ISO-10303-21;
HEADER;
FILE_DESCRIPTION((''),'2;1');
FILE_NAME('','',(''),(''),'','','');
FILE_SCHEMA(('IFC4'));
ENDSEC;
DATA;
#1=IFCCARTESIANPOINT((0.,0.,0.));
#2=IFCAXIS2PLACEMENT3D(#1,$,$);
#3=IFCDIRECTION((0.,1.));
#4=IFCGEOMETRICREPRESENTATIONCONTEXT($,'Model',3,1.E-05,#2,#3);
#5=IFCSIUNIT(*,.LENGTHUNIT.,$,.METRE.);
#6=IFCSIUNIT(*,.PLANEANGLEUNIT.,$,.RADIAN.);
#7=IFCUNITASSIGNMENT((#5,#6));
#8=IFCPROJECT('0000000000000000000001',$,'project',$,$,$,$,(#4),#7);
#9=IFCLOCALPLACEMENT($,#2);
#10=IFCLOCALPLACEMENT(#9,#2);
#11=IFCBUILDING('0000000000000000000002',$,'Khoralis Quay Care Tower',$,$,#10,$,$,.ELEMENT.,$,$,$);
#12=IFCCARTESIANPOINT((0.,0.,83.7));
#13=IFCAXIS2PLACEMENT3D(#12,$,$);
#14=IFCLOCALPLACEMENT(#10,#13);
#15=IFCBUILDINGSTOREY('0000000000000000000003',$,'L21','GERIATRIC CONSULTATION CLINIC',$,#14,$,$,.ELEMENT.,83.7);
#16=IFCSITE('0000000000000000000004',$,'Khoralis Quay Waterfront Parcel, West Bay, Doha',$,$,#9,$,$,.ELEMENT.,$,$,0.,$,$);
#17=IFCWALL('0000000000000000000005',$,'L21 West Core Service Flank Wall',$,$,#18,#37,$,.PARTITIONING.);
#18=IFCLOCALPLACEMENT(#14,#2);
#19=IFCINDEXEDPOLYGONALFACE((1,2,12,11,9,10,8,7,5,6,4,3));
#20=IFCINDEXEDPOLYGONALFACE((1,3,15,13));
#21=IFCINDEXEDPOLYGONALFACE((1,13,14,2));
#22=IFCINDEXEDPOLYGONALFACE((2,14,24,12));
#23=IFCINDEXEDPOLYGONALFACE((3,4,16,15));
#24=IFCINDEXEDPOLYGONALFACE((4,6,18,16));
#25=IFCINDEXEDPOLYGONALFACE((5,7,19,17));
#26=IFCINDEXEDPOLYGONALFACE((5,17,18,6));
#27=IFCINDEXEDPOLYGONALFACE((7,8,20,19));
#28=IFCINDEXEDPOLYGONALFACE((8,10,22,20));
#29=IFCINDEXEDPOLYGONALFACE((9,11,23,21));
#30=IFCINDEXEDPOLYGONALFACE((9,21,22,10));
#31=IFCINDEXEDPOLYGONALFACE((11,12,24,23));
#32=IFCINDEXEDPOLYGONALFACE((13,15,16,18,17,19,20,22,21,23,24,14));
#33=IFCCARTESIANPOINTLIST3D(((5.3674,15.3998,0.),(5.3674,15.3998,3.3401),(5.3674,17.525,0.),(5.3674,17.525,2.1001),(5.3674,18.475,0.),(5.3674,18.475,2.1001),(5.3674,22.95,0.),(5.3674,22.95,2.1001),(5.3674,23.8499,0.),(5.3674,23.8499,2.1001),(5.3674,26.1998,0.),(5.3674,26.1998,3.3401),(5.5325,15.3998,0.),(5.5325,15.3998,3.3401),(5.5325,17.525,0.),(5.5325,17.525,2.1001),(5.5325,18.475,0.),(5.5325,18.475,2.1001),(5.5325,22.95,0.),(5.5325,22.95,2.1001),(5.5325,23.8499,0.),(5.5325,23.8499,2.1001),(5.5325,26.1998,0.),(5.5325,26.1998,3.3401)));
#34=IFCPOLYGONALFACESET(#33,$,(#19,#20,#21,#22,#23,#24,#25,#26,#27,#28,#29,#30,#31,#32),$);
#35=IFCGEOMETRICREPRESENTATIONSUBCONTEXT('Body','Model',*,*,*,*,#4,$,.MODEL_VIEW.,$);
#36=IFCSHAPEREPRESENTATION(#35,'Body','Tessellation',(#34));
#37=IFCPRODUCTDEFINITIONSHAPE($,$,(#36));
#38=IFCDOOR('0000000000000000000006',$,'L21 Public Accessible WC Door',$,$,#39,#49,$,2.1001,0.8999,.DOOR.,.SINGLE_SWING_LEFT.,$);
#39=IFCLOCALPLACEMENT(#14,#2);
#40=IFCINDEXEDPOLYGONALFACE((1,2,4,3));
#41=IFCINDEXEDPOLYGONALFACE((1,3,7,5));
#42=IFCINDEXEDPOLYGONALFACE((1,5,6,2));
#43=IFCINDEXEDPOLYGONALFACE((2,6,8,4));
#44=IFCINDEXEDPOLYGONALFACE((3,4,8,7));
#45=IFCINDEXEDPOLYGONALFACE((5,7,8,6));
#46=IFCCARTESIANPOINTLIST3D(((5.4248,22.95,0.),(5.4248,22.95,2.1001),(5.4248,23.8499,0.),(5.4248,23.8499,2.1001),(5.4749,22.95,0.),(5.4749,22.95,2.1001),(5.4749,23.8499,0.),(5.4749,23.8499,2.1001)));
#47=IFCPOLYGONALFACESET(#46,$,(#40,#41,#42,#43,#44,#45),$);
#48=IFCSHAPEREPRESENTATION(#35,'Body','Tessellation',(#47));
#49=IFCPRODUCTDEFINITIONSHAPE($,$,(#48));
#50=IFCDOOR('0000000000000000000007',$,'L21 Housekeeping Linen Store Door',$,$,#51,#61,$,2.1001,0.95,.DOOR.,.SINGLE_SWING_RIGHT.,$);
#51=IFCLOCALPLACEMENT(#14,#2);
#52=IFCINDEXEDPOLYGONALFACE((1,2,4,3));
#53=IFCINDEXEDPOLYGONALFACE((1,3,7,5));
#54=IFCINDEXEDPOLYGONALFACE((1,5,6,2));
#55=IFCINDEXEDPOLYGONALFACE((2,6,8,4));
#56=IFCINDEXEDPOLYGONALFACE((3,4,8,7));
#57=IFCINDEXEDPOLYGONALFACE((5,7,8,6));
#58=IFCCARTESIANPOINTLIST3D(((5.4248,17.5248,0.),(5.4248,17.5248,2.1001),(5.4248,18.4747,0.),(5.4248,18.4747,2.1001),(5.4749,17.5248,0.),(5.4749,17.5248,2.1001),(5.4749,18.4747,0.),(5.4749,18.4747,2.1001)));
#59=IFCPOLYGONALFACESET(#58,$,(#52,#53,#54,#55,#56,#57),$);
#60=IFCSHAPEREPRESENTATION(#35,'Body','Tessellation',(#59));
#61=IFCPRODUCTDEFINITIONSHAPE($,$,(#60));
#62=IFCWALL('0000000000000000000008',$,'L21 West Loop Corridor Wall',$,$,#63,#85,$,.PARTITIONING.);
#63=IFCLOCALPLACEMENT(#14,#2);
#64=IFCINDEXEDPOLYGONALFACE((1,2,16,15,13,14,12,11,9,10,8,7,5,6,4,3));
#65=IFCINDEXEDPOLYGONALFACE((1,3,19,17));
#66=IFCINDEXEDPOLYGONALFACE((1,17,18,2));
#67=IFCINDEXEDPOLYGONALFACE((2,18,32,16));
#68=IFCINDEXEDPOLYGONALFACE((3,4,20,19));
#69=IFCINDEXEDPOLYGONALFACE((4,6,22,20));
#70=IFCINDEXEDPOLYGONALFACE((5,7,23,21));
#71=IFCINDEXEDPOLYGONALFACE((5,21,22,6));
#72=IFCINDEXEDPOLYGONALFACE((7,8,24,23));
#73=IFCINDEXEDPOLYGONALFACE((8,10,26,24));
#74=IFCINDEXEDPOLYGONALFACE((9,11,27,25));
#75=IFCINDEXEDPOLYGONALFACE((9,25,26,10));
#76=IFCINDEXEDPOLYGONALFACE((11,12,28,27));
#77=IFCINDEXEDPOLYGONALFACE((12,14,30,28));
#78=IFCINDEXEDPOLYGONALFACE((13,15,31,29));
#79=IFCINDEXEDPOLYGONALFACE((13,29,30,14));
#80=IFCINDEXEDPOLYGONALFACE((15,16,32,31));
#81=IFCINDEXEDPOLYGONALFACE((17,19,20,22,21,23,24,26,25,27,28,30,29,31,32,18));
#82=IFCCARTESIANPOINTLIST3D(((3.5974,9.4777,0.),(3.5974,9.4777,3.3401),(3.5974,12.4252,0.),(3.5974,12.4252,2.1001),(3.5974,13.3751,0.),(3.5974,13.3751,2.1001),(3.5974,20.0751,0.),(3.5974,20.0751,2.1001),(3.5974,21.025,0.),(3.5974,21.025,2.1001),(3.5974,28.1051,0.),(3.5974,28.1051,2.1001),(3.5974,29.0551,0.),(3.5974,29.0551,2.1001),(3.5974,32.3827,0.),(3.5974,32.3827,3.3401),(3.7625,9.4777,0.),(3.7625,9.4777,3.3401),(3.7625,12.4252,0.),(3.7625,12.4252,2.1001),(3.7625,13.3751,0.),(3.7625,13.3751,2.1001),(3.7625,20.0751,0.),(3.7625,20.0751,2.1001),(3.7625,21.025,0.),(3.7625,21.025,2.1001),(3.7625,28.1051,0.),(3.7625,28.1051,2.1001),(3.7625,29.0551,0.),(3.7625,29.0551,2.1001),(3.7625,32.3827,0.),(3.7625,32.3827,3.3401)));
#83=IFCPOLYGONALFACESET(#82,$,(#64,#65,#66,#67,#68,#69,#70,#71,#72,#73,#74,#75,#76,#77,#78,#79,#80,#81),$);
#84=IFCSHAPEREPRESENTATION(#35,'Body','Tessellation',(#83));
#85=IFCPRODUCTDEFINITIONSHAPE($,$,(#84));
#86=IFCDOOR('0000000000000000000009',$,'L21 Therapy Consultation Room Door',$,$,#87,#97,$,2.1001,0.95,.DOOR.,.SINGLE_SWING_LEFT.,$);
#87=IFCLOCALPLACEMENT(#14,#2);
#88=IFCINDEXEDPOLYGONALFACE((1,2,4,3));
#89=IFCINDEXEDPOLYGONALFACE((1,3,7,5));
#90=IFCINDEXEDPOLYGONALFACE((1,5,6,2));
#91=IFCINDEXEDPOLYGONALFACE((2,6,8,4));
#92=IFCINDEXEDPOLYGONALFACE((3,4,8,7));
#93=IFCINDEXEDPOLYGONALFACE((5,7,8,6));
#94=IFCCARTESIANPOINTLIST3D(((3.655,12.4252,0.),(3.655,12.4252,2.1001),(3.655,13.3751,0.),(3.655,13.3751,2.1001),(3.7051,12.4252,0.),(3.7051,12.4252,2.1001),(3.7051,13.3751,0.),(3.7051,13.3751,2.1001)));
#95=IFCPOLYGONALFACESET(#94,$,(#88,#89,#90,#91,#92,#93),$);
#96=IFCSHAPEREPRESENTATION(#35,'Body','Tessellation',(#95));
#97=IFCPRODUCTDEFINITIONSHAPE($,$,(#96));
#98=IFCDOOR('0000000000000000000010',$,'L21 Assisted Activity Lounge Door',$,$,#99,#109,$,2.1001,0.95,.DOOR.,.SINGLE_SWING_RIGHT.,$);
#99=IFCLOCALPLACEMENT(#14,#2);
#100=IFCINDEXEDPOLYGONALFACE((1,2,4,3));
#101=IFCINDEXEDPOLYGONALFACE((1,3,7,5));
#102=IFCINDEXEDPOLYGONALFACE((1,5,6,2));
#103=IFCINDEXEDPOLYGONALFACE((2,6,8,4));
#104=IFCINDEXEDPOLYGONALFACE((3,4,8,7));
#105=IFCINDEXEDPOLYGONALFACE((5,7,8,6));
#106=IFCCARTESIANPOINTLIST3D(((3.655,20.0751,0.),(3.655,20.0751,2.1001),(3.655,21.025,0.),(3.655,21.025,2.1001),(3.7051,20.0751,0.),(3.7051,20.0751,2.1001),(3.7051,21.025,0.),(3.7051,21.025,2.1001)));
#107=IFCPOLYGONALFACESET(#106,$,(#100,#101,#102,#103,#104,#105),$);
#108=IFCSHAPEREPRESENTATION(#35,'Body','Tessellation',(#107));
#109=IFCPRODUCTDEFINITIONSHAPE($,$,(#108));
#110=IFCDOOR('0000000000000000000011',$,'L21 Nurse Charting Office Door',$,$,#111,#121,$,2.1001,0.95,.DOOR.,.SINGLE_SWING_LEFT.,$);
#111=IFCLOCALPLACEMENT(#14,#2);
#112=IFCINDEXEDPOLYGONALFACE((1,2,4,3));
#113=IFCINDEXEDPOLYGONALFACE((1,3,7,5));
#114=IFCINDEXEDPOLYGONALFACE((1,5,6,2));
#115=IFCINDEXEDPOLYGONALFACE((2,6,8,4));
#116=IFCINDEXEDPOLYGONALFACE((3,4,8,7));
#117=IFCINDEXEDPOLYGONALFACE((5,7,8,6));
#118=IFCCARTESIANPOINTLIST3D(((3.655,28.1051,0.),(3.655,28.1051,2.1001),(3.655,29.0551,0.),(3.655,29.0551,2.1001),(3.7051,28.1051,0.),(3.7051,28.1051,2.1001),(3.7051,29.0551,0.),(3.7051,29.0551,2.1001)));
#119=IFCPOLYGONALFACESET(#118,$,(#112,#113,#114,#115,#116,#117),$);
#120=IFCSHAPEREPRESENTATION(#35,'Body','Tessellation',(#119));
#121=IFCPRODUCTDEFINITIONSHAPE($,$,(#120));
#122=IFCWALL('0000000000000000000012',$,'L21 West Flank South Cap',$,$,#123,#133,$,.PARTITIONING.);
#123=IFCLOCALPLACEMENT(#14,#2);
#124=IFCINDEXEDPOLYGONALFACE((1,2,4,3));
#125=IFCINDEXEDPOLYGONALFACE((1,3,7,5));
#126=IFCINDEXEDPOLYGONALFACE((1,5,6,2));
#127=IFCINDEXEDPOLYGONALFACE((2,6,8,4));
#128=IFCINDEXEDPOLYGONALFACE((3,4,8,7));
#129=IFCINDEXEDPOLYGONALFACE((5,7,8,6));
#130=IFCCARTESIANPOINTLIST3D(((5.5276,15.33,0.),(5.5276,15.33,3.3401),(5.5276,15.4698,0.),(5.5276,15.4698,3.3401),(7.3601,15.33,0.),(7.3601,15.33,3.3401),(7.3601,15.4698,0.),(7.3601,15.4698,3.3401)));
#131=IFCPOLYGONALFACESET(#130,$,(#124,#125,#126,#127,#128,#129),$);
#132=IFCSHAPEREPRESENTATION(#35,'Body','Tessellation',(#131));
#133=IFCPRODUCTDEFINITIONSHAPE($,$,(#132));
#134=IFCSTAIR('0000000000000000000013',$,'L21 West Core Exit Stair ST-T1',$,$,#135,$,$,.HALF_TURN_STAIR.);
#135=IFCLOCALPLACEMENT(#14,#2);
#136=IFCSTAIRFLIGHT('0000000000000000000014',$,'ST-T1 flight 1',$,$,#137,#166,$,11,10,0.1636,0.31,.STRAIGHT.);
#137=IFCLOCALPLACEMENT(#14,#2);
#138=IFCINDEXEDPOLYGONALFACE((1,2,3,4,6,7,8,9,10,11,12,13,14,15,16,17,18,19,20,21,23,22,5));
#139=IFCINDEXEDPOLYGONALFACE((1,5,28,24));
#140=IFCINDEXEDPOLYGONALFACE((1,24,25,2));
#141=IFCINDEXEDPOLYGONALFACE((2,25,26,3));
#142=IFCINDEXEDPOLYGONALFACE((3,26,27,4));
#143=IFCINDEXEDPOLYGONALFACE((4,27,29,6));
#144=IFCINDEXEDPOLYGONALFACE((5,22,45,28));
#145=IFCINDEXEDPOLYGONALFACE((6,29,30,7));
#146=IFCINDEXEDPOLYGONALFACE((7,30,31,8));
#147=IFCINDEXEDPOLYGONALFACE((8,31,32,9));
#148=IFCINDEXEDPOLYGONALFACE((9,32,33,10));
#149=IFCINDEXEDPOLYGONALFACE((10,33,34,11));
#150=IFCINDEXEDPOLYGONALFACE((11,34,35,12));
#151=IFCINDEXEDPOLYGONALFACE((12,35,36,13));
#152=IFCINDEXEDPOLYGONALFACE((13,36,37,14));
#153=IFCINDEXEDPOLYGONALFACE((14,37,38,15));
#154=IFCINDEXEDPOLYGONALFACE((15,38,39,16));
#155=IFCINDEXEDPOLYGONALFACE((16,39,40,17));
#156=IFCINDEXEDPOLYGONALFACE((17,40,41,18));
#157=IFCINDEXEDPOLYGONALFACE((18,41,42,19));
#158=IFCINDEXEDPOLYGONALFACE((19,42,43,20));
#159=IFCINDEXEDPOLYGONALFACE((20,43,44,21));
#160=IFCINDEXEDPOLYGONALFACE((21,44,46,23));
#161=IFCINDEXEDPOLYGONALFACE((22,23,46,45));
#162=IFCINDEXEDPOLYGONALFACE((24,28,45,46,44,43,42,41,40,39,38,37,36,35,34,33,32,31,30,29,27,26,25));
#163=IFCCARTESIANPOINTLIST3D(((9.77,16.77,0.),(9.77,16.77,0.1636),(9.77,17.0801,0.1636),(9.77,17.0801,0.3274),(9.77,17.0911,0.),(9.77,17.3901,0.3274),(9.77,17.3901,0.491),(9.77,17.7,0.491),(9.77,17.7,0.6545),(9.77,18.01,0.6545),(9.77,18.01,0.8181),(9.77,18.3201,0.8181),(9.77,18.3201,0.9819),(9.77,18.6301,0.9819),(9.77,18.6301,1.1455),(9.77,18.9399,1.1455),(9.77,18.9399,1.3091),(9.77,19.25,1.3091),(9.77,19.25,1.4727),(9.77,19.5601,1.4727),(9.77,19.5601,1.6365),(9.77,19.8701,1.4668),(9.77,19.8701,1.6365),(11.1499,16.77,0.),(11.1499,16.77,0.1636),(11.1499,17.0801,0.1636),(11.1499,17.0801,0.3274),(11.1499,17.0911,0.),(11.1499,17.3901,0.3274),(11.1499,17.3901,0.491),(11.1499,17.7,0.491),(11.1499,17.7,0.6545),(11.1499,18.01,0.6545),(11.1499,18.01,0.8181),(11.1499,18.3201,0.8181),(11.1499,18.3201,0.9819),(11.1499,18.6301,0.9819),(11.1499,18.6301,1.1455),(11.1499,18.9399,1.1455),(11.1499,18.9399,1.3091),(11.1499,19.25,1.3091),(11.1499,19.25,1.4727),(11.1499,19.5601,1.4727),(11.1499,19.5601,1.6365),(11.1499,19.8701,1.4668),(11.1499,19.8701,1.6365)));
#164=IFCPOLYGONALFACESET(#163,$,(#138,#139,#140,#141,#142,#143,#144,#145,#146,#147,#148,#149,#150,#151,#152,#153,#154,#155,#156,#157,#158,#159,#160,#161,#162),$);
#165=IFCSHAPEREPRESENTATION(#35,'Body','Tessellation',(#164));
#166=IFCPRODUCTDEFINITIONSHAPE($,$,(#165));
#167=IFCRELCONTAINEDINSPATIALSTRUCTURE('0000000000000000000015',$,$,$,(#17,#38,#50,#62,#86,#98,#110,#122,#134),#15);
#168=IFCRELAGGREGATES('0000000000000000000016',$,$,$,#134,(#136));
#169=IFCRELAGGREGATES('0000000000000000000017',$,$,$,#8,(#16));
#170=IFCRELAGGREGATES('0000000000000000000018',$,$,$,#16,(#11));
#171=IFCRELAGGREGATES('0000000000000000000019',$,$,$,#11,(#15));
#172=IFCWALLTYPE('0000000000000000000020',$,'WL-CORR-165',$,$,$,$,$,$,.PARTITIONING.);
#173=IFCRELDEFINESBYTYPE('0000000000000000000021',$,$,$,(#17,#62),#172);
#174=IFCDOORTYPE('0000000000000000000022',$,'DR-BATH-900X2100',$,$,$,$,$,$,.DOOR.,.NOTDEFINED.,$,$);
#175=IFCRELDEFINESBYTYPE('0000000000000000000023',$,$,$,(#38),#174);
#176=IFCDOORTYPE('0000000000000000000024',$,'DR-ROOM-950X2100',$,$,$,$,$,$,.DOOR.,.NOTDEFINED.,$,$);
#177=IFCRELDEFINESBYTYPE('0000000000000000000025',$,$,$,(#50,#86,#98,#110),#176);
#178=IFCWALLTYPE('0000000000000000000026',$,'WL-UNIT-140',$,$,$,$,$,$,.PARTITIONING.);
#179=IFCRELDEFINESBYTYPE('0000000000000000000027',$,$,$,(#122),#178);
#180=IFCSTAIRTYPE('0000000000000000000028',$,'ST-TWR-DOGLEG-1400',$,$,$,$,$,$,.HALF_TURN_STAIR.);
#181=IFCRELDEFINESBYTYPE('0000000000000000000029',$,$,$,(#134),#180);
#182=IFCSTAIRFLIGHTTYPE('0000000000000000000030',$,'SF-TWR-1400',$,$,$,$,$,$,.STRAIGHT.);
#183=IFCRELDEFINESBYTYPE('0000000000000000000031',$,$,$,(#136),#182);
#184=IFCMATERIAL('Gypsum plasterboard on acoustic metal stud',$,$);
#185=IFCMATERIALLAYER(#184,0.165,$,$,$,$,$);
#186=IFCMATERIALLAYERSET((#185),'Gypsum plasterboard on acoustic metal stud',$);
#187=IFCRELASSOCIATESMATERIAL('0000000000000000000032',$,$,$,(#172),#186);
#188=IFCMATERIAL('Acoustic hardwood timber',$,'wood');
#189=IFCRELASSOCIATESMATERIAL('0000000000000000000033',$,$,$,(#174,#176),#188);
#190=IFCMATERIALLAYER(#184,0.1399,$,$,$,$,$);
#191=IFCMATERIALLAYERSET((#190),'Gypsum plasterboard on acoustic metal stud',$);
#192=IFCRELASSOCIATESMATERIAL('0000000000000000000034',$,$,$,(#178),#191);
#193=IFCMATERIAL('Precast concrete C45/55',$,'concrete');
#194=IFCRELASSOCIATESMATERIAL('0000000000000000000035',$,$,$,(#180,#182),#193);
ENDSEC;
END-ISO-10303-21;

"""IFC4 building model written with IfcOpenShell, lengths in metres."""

from ifc_helpers import new_model, si_unit, direction, frame, frame_2d, origin, place, context, subcontext, project, spatial, polyline, rectangle, outline, extrude, source, transform, mapped, material, layer, layer_set, type_object, element, fill, aggregate, save


model = new_model("IFC4")

# Units and contexts
model_context = context("Model", 3, precision=1e-05, world=origin(), true_north=direction((0.0, 1.0)))
body_context = subcontext(model_context, "Body", "Model", "MODEL_VIEW")
ifc_project = project(units=[si_unit("LENGTHUNIT", "METRE"), si_unit("PLANEANGLEUNIT", "RADIAN")], contexts=[model_context])

# Site, building, storey
site_placement = place(None, origin())
site = spatial("IfcSite", under=ifc_project, at=site_placement, Name="Khoralis Quay Waterfront Parcel, West Bay, Doha", CompositionType="ELEMENT", RefElevation=0.0)
building_placement = place(site_placement, origin())
building = spatial("IfcBuilding", under=site, at=building_placement, Name="Khoralis Quay Care Tower", CompositionType="ELEMENT")
storey_placement = place(building_placement, frame((0.0, 0.0, 83.7)))
storey = spatial("IfcBuildingStorey", under=building, at=storey_placement, Name="L21", Description="GERIATRIC CONSULTATION CLINIC", CompositionType="ELEMENT", Elevation=83.7)

# Shared definitions
ifc_material_1 = material(Name="Gypsum plasterboard on acoustic metal stud")

# Walls, openings, doors
ifc_layer_1 = layer(ifc_material_1, 0.165)
ifc_layer_set_1 = layer_set([ifc_layer_1], Name="Gypsum plasterboard on acoustic metal stud")
wall_type_1 = type_object("IfcWallType", Name="WL-CORR-165", PredefinedType="PARTITIONING", material=ifc_layer_set_1)
wall_1_placement = place(storey_placement, frame((5.45, 15.3999, 0.0), z_axis=(0.0, 0.0, 1.0), x_axis=(0.0, 1.0, 0.0)))
wall_1 = element("IfcWall", 1, at=wall_1_placement, inside=storey, type_object=wall_type_1, Name="L21 West Core Service Flank Wall", PredefinedType="PARTITIONING", context=body_context, shape_type="SweptSolid", body=[
    extrude(rectangle(XDim=10.8, YDim=0.165, at=frame_2d((5.3999, 0.0))), origin(), (0.0, 0.0, 1.0), 3.3401),
])
opening_1_placement = place(wall_1_placement, frame((2.125, 0.0, 0.0)))
opening_1 = element("IfcOpeningElement", 2, at=opening_1_placement, cuts=wall_1, PredefinedType="OPENING", context=body_context, shape_type="SweptSolid", body=[
    extrude(rectangle(XDim=0.95, YDim=2.1001, at=frame_2d((0.4751, 1.05))), frame((0.0, 0.0925, 0.0), z_axis=(0.0, -1.0, 0.0), x_axis=(1.0, 0.0, 0.0)), (0.0, 0.0, 1.0), 0.1851),
])
opening_2_placement = place(wall_1_placement, frame((7.55, 0.0, 0.0)))
opening_2 = element("IfcOpeningElement", 3, at=opening_2_placement, cuts=wall_1, PredefinedType="OPENING", context=body_context, shape_type="SweptSolid", body=[
    extrude(rectangle(XDim=0.8999, YDim=2.1001, at=frame_2d((0.45, 1.05))), frame((0.0, 0.0925, 0.0), z_axis=(0.0, -1.0, 0.0), x_axis=(1.0, 0.0, 0.0)), (0.0, 0.0, 1.0), 0.1851),
])
ifc_material_2 = material(Name="Acoustic hardwood timber", Category="wood")
door_type_1 = type_object("IfcDoorType", Name="DR-BATH-900X2100", OperationType="NOTDEFINED", PredefinedType="DOOR", material=ifc_material_2)
shared_shape_1 = source(origin(), body_context, "Body", "SweptSolid", [
    extrude(rectangle(XDim=0.8999, YDim=2.1001, at=frame_2d((0.45, 1.05))), frame((0.0, 0.0249, 0.0), z_axis=(0.0, -1.0, 0.0), x_axis=(1.0, 0.0, 0.0)), (0.0, 0.0, 1.0), 0.05),
])
door_1_placement = place(opening_2_placement, frame((0.8999, 0.0, 0.0), z_axis=(0.0, 0.0, 1.0), x_axis=(-1.0, 0.0, 0.0)))
door_1 = element("IfcDoor", 4, at=door_1_placement, inside=storey, type_object=door_type_1, Name="L21 Public Accessible WC Door", OperationType="SINGLE_SWING_LEFT", OverallHeight=2.1001, OverallWidth=0.8999, PredefinedType="DOOR", context=body_context, shape_type="MappedRepresentation", body=[
    mapped(shared_shape_1, transform((0.0, 0.0, 0.0), scale=1.0)),
])
fill(opening_2, door_1)
door_type_2 = type_object("IfcDoorType", Name="DR-ROOM-950X2100", OperationType="NOTDEFINED", PredefinedType="DOOR", material=ifc_material_2)
shared_shape_2 = source(origin(), body_context, "Body", "SweptSolid", [
    extrude(rectangle(XDim=0.95, YDim=2.1001, at=frame_2d((0.4751, 1.05))), frame((0.0, 0.0249, 0.0), z_axis=(0.0, -1.0, 0.0), x_axis=(1.0, 0.0, 0.0)), (0.0, 0.0, 1.0), 0.05),
])
door_2_placement = place(opening_1_placement, frame((0.95, 0.0, 0.0), z_axis=(0.0, 0.0, 1.0), x_axis=(-1.0, 0.0, 0.0)))
door_2 = element("IfcDoor", 5, at=door_2_placement, inside=storey, type_object=door_type_2, Name="L21 Housekeeping Linen Store Door", OperationType="SINGLE_SWING_RIGHT", OverallHeight=2.1001, OverallWidth=0.95, PredefinedType="DOOR", context=body_context, shape_type="MappedRepresentation", body=[
    mapped(shared_shape_2, transform((0.0, 0.0, 0.0), scale=1.0)),
])
fill(opening_1, door_2)
wall_2_placement = place(storey_placement, frame((3.6799, 9.4775, 0.0), z_axis=(0.0, 0.0, 1.0), x_axis=(0.0, 1.0, 0.0)))
wall_2 = element("IfcWall", 6, at=wall_2_placement, inside=storey, type_object=wall_type_1, Name="L21 West Loop Corridor Wall", PredefinedType="PARTITIONING", context=body_context, shape_type="SweptSolid", body=[
    extrude(rectangle(XDim=22.905, YDim=0.165, at=frame_2d((11.4526, 0.0))), origin(), (0.0, 0.0, 1.0), 3.3401),
])
opening_3_placement = place(wall_2_placement, frame((2.9475, 0.0, 0.0)))
opening_3 = element("IfcOpeningElement", 7, at=opening_3_placement, cuts=wall_2, PredefinedType="OPENING", context=body_context, shape_type="SweptSolid", body=[
    extrude(rectangle(XDim=0.95, YDim=2.1001, at=frame_2d((0.4751, 1.05))), frame((0.0, 0.0925, 0.0), z_axis=(0.0, -1.0, 0.0), x_axis=(1.0, 0.0, 0.0)), (0.0, 0.0, 1.0), 0.1851),
])
opening_4_placement = place(wall_2_placement, frame((10.5974, 0.0, 0.0)))
opening_4 = element("IfcOpeningElement", 8, at=opening_4_placement, cuts=wall_2, PredefinedType="OPENING", context=body_context, shape_type="SweptSolid", body=[
    extrude(rectangle(XDim=0.95, YDim=2.1001, at=frame_2d((0.4751, 1.05))), frame((0.0, 0.0925, 0.0), z_axis=(0.0, -1.0, 0.0), x_axis=(1.0, 0.0, 0.0)), (0.0, 0.0, 1.0), 0.1851),
])
opening_5_placement = place(wall_2_placement, frame((18.6274, 0.0, 0.0)))
opening_5 = element("IfcOpeningElement", 9, at=opening_5_placement, cuts=wall_2, PredefinedType="OPENING", context=body_context, shape_type="SweptSolid", body=[
    extrude(rectangle(XDim=0.95, YDim=2.1001, at=frame_2d((0.4751, 1.05))), frame((0.0, 0.0925, 0.0), z_axis=(0.0, -1.0, 0.0), x_axis=(1.0, 0.0, 0.0)), (0.0, 0.0, 1.0), 0.1851),
])
door_3_placement = place(opening_3_placement, origin())
door_3 = element("IfcDoor", 10, at=door_3_placement, inside=storey, type_object=door_type_2, Name="L21 Therapy Consultation Room Door", OperationType="SINGLE_SWING_LEFT", OverallHeight=2.1001, OverallWidth=0.95, PredefinedType="DOOR", context=body_context, shape_type="MappedRepresentation", body=[
    mapped(shared_shape_2, transform((0.0, 0.0, 0.0), scale=1.0)),
])
fill(opening_3, door_3)
door_4_placement = place(opening_4_placement, origin())
door_4 = element("IfcDoor", 11, at=door_4_placement, inside=storey, type_object=door_type_2, Name="L21 Assisted Activity Lounge Door", OperationType="SINGLE_SWING_RIGHT", OverallHeight=2.1001, OverallWidth=0.95, PredefinedType="DOOR", context=body_context, shape_type="MappedRepresentation", body=[
    mapped(shared_shape_2, transform((0.0, 0.0, 0.0), scale=1.0)),
])
fill(opening_4, door_4)
door_5_placement = place(opening_5_placement, origin())
door_5 = element("IfcDoor", 12, at=door_5_placement, inside=storey, type_object=door_type_2, Name="L21 Nurse Charting Office Door", OperationType="SINGLE_SWING_LEFT", OverallHeight=2.1001, OverallWidth=0.95, PredefinedType="DOOR", context=body_context, shape_type="MappedRepresentation", body=[
    mapped(shared_shape_2, transform((0.0, 0.0, 0.0), scale=1.0)),
])
fill(opening_5, door_5)

# Wall
ifc_layer_2 = layer(ifc_material_1, 0.1399)
ifc_layer_set_2 = layer_set([ifc_layer_2], Name="Gypsum plasterboard on acoustic metal stud")
wall_type_2 = type_object("IfcWallType", Name="WL-UNIT-140", PredefinedType="PARTITIONING", material=ifc_layer_set_2)
wall_3_placement = place(storey_placement, frame((5.5276, 15.3999, 0.0), z_axis=(0.0, 0.0, 1.0), x_axis=(1.0, 0.0, 0.0)))
element("IfcWall", 13, at=wall_3_placement, inside=storey, type_object=wall_type_2, Name="L21 West Flank South Cap", PredefinedType="PARTITIONING", context=body_context, shape_type="SweptSolid", body=[
    extrude(rectangle(XDim=1.8325, YDim=0.1399, at=frame_2d((0.9163, 0.0))), origin(), (0.0, 0.0, 1.0), 3.3401),
])

# Stair, stair flight
ifc_material_3 = material(Name="Precast concrete C45/55", Category="concrete")
stair_type = type_object("IfcStairType", Name="ST-TWR-DOGLEG-1400", PredefinedType="HALF_TURN_STAIR", material=ifc_material_3)
stair_placement = place(storey_placement, origin())
stair = element("IfcStair", 14, at=stair_placement, inside=storey, type_object=stair_type, Name="L21 West Core Exit Stair ST-T1", PredefinedType="HALF_TURN_STAIR")
stair_flight_type = type_object("IfcStairFlightType", Name="SF-TWR-1400", PredefinedType="STRAIGHT", material=ifc_material_3)
shared_shape_3 = source(origin(), body_context, "Body", "SweptSolid", [
    extrude(outline(polyline([(0.0, 0.0), (0.0, 0.1636), (0.3101, 0.1636), (0.3101, 0.3274), (0.6201, 0.3274), (0.6201, 0.491), (0.9299, 0.491), (0.9299, 0.6545), (1.24, 0.6545), (1.24, 0.8181), (1.55, 0.8181), (1.55, 0.9819), (1.8601, 0.9819), (1.8601, 1.1455), (2.1699, 1.1455), (2.1699, 1.3091), (2.48, 1.3091), (2.48, 1.4727), (2.79, 1.4727), (2.79, 1.6365), (3.1001, 1.6365), (3.1001, 1.8), (3.1001, 1.4668), (0.321, 0.0), (0.0, 0.0)])), frame((0.0, 0.6899, 0.0), z_axis=(0.0, -1.0, 0.0), x_axis=(1.0, 0.0, 0.0)), (0.0, 0.0, 1.0), 1.3799),
])
stair_flight_placement = place(storey_placement, frame((10.46, 16.77, 0.0), z_axis=(0.0, 0.0, 1.0), x_axis=(0.0, 1.0, 0.0)))
stair_flight = element("IfcStairFlight", 15, at=stair_flight_placement, type_object=stair_flight_type, Name="ST-T1 flight 1", NumberOfRisers=11, NumberOfTreads=10, PredefinedType="STRAIGHT", RiserHeight=0.1636, TreadLength=0.31, context=body_context, shape_type="MappedRepresentation", body=[
    mapped(shared_shape_3, transform((0.0, 0.0, 0.0), scale=1.0)),
])
aggregate(stair, [stair_flight])

save(model, "model.ifc")
